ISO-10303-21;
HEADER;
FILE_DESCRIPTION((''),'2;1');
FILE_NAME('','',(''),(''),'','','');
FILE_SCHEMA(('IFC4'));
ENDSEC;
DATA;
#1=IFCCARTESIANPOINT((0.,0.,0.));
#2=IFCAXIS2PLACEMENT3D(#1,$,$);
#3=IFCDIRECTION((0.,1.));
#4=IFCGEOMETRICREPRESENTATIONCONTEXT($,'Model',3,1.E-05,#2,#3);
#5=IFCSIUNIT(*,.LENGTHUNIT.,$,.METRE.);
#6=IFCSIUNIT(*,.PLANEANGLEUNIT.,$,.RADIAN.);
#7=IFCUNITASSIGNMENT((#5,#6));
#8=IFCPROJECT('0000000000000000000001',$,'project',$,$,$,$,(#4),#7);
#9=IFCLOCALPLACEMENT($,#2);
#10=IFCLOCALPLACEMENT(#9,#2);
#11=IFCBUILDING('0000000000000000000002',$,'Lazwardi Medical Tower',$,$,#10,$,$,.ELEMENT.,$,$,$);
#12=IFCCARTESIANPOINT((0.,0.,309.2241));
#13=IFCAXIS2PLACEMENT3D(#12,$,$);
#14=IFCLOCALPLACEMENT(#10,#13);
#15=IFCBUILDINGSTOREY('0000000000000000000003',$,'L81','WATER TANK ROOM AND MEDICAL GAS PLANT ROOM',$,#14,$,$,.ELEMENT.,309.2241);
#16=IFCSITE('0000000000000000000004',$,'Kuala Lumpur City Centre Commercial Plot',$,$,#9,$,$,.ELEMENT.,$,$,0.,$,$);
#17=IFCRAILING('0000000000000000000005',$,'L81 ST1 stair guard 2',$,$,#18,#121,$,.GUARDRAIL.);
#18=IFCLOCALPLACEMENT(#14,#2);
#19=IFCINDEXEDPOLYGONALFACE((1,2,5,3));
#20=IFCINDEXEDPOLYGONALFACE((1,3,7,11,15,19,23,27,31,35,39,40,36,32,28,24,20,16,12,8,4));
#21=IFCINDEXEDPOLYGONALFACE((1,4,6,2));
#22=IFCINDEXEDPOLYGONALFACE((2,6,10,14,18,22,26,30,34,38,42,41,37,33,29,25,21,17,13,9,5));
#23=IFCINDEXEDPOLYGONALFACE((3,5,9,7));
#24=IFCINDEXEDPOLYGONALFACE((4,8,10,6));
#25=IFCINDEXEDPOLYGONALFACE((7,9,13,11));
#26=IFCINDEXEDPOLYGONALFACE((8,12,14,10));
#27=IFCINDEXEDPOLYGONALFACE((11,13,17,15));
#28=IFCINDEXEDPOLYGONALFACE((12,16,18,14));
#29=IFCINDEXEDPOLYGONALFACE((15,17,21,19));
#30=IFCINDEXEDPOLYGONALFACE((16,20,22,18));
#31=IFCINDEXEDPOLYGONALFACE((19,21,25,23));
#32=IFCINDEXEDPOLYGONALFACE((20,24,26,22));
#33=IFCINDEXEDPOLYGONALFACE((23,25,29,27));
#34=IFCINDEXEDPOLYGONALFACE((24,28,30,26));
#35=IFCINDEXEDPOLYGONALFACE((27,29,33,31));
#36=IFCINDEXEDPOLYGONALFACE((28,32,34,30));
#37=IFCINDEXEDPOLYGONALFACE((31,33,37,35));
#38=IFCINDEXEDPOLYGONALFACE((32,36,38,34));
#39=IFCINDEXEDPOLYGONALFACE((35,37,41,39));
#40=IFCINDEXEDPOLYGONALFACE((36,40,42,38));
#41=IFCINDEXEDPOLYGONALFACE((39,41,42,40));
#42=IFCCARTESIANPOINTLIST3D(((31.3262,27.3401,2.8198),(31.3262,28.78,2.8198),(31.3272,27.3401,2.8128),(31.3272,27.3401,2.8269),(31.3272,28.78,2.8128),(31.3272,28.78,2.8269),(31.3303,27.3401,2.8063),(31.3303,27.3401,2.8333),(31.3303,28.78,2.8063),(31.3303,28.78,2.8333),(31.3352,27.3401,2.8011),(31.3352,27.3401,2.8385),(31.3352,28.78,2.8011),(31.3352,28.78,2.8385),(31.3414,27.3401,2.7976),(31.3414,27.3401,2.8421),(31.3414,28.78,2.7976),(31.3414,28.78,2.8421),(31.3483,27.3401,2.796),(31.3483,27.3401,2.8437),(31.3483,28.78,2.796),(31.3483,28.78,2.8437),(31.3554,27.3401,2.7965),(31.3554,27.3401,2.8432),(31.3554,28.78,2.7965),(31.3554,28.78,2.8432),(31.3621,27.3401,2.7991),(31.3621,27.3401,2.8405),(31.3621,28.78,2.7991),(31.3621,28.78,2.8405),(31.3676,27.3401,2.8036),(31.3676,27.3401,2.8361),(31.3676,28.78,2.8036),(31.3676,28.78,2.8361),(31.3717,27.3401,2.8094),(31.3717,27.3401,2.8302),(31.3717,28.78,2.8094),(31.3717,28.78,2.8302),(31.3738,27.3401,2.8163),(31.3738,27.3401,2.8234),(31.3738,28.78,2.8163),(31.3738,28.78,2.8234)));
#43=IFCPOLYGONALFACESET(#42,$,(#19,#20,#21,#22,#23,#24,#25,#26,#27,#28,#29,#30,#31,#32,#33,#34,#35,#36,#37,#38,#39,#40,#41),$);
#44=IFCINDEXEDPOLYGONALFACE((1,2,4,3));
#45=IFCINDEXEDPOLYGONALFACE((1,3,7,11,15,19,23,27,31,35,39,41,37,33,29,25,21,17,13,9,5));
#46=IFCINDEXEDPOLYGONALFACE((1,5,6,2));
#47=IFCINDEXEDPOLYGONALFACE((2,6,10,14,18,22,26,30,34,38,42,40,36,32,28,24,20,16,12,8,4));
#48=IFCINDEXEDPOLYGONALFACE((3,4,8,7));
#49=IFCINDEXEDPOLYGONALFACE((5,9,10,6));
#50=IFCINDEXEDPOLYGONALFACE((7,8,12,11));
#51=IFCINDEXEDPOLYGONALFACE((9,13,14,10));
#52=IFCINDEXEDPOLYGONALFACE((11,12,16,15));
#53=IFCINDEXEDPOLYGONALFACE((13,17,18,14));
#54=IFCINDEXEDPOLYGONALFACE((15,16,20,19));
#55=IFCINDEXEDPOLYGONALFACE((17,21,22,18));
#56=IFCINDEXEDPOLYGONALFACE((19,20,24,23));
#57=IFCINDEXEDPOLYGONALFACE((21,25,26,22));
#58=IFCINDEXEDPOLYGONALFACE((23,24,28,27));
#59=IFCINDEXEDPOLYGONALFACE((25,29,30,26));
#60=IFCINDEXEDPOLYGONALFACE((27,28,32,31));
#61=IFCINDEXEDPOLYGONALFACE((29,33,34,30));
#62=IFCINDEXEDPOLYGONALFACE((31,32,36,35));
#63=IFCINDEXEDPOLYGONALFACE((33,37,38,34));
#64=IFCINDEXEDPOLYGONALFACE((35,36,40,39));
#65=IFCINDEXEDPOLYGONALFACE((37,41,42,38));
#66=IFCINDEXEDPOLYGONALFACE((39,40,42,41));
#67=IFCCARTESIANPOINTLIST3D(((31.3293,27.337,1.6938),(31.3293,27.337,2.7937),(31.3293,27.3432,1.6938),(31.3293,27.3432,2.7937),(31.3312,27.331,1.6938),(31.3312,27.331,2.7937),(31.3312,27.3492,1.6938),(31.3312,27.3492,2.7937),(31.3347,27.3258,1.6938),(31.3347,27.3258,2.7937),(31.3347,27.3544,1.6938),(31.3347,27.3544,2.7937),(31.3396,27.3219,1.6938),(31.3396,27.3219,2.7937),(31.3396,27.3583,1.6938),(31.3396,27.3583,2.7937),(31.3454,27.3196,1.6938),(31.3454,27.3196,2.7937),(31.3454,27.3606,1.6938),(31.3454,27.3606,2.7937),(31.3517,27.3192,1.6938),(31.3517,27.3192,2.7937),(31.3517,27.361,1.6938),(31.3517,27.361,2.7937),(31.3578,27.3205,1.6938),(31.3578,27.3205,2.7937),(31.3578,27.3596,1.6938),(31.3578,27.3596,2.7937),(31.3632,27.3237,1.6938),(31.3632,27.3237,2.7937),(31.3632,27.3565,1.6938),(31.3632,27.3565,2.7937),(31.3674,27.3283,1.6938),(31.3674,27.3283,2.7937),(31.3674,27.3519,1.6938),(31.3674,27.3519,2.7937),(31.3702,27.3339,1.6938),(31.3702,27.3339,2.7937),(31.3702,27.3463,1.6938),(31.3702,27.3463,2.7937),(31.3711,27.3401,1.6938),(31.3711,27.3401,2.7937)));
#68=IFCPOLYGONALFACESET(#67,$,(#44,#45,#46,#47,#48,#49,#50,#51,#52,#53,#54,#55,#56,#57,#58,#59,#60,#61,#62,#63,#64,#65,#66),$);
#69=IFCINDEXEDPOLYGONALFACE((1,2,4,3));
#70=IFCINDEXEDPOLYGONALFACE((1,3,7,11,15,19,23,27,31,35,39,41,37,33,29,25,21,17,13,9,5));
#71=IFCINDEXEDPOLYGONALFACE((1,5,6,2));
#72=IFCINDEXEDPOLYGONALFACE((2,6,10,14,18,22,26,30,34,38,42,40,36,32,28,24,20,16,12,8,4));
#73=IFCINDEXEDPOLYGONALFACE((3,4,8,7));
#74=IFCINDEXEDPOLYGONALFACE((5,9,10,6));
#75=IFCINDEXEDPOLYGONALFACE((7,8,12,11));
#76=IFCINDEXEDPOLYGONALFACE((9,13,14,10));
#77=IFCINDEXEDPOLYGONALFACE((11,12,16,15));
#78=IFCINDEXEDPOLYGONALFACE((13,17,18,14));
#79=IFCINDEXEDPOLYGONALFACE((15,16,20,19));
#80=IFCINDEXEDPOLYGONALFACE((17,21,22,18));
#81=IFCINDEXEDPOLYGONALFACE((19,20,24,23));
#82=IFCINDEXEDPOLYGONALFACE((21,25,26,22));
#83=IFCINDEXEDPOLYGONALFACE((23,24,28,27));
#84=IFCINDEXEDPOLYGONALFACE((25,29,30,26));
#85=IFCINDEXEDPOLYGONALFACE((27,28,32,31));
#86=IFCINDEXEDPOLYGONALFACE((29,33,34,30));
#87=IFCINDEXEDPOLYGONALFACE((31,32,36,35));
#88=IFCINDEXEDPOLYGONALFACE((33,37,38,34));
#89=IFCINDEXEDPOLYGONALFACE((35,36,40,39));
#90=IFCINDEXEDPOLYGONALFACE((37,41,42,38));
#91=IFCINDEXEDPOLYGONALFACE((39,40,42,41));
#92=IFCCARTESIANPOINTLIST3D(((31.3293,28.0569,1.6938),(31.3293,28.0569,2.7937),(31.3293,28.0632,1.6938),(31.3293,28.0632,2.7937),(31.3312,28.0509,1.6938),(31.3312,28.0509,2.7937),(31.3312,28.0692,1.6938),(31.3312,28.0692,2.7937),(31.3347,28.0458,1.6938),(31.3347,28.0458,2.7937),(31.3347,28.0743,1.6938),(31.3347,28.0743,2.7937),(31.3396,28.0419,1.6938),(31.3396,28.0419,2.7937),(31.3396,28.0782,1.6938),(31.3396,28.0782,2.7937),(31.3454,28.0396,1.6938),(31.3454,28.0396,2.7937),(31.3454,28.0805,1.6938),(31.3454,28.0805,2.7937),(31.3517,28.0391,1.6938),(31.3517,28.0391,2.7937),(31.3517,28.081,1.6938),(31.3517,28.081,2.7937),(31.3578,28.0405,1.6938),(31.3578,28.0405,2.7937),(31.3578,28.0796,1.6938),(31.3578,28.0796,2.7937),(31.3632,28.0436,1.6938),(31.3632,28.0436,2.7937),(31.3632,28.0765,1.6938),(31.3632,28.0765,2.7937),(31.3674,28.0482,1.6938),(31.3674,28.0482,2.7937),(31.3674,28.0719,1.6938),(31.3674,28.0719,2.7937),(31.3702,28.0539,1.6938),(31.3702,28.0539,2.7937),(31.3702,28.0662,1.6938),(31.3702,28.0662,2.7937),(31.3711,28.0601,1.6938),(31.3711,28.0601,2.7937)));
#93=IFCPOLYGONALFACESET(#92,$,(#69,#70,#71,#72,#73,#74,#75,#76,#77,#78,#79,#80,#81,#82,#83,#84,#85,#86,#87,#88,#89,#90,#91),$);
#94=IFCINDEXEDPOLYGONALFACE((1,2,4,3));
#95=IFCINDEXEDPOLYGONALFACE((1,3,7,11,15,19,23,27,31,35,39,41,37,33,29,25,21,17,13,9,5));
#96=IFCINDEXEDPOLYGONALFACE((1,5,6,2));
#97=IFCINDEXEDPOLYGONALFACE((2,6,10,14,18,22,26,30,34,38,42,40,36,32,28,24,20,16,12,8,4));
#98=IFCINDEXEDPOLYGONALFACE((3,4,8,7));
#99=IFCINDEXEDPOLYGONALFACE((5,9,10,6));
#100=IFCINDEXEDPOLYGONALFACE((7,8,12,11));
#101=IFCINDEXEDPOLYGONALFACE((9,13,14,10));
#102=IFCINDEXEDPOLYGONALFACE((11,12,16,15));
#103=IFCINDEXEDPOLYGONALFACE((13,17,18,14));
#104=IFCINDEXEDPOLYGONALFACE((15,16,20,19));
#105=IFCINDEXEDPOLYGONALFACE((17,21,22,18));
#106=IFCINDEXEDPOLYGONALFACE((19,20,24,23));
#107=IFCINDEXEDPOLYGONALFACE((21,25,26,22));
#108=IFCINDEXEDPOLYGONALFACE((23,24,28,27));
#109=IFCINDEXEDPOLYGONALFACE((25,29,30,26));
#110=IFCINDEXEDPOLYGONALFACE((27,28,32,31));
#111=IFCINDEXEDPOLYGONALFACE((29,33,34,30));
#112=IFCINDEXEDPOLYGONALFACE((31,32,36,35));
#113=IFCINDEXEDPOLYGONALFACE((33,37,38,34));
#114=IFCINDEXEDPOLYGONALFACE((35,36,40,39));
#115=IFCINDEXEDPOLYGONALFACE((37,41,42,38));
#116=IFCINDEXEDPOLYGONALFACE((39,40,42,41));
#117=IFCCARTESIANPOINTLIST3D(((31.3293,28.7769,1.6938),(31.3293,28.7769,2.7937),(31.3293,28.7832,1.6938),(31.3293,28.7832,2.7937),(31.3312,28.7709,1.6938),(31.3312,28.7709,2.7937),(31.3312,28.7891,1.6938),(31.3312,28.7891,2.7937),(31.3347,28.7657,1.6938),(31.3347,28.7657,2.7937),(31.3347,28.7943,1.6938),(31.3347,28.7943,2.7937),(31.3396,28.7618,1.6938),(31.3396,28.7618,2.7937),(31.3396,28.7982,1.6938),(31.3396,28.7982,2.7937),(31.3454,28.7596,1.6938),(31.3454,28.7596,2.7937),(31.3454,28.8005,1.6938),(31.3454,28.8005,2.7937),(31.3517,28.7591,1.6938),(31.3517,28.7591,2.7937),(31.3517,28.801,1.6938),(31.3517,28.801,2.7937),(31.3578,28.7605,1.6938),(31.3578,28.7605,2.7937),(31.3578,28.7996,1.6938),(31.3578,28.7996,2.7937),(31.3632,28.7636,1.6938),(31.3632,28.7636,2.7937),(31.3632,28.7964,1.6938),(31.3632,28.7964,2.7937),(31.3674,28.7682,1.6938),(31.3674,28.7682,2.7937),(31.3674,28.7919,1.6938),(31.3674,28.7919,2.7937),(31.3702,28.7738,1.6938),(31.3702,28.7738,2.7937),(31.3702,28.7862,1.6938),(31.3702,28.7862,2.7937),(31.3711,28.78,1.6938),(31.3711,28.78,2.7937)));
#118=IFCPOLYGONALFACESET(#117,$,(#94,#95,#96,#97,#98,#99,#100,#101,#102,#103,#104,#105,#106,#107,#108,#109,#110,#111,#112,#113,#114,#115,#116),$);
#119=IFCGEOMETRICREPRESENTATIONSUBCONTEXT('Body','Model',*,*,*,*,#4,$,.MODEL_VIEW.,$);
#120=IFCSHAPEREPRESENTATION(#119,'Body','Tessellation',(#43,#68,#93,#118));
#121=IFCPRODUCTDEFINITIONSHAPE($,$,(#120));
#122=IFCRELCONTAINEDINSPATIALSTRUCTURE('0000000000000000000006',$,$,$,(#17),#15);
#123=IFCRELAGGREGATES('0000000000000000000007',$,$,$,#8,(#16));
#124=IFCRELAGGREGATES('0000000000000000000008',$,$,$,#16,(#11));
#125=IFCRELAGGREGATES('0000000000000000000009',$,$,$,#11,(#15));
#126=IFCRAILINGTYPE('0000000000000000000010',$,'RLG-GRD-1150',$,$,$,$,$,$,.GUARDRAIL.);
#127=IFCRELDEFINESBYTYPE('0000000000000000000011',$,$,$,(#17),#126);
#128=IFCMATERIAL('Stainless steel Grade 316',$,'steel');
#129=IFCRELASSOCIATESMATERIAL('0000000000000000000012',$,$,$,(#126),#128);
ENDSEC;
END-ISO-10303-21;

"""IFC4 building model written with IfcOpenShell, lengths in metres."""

from ifc_helpers import new_model, si_unit, direction, frame, origin, origin_2d, place, context, subcontext, project, spatial, circle, extrude, material, type_object, element, save


model = new_model("IFC4")

# Units and contexts
model_context = context("Model", 3, precision=1e-05, world=origin(), true_north=direction((0.0, 1.0)))
body_context = subcontext(model_context, "Body", "Model", "MODEL_VIEW")
ifc_project = project(units=[si_unit("LENGTHUNIT", "METRE"), si_unit("PLANEANGLEUNIT", "RADIAN")], contexts=[model_context])

# Site, building, storey
site_placement = place(None, origin())
site = spatial("IfcSite", under=ifc_project, at=site_placement, Name="Kuala Lumpur City Centre Commercial Plot", CompositionType="ELEMENT", RefElevation=0.0)
building_placement = place(site_placement, origin())
building = spatial("IfcBuilding", under=site, at=building_placement, Name="Lazwardi Medical Tower", CompositionType="ELEMENT")
storey_placement = place(building_placement, frame((0.0, 0.0, 309.2241)))
storey = spatial("IfcBuildingStorey", under=building, at=storey_placement, Name="L81", Description="WATER TANK ROOM AND MEDICAL GAS PLANT ROOM", CompositionType="ELEMENT", Elevation=309.2241)

# Railing
ifc_material_1 = material(Name="Stainless steel Grade 316", Category="steel")
railing_type_1 = type_object("IfcRailingType", Name="RLG-GRD-1150", PredefinedType="GUARDRAIL", material=ifc_material_1)
railing_1_placement = place(storey_placement, frame((31.3501, 27.3401, 1.6938)))
element("IfcRailing", 1, at=railing_1_placement, inside=storey, type_object=railing_type_1, Name="L81 ST1 stair guard 2", PredefinedType="GUARDRAIL", context=body_context, shape_type="SweptSolid", body=[
    extrude(circle(Radius=0.0239, at=origin_2d()), frame((0.0, 0.0, 1.126), z_axis=(0.0, 1.0, 0.0), x_axis=(-1.0, 0.0, 0.0)), (0.0, 0.0, 1.0), 1.4399),
    extrude(circle(Radius=0.021, at=origin_2d()), origin(), (0.0, 0.0, 1.0), 1.0999),
    extrude(circle(Radius=0.021, at=origin_2d()), frame((0.0, 0.72, 0.0)), (0.0, 0.0, 1.0), 1.0999),
    extrude(circle(Radius=0.021, at=origin_2d()), frame((0.0, 1.4399, 0.0)), (0.0, 0.0, 1.0), 1.0999),
])

save(model, "model.ifc")
